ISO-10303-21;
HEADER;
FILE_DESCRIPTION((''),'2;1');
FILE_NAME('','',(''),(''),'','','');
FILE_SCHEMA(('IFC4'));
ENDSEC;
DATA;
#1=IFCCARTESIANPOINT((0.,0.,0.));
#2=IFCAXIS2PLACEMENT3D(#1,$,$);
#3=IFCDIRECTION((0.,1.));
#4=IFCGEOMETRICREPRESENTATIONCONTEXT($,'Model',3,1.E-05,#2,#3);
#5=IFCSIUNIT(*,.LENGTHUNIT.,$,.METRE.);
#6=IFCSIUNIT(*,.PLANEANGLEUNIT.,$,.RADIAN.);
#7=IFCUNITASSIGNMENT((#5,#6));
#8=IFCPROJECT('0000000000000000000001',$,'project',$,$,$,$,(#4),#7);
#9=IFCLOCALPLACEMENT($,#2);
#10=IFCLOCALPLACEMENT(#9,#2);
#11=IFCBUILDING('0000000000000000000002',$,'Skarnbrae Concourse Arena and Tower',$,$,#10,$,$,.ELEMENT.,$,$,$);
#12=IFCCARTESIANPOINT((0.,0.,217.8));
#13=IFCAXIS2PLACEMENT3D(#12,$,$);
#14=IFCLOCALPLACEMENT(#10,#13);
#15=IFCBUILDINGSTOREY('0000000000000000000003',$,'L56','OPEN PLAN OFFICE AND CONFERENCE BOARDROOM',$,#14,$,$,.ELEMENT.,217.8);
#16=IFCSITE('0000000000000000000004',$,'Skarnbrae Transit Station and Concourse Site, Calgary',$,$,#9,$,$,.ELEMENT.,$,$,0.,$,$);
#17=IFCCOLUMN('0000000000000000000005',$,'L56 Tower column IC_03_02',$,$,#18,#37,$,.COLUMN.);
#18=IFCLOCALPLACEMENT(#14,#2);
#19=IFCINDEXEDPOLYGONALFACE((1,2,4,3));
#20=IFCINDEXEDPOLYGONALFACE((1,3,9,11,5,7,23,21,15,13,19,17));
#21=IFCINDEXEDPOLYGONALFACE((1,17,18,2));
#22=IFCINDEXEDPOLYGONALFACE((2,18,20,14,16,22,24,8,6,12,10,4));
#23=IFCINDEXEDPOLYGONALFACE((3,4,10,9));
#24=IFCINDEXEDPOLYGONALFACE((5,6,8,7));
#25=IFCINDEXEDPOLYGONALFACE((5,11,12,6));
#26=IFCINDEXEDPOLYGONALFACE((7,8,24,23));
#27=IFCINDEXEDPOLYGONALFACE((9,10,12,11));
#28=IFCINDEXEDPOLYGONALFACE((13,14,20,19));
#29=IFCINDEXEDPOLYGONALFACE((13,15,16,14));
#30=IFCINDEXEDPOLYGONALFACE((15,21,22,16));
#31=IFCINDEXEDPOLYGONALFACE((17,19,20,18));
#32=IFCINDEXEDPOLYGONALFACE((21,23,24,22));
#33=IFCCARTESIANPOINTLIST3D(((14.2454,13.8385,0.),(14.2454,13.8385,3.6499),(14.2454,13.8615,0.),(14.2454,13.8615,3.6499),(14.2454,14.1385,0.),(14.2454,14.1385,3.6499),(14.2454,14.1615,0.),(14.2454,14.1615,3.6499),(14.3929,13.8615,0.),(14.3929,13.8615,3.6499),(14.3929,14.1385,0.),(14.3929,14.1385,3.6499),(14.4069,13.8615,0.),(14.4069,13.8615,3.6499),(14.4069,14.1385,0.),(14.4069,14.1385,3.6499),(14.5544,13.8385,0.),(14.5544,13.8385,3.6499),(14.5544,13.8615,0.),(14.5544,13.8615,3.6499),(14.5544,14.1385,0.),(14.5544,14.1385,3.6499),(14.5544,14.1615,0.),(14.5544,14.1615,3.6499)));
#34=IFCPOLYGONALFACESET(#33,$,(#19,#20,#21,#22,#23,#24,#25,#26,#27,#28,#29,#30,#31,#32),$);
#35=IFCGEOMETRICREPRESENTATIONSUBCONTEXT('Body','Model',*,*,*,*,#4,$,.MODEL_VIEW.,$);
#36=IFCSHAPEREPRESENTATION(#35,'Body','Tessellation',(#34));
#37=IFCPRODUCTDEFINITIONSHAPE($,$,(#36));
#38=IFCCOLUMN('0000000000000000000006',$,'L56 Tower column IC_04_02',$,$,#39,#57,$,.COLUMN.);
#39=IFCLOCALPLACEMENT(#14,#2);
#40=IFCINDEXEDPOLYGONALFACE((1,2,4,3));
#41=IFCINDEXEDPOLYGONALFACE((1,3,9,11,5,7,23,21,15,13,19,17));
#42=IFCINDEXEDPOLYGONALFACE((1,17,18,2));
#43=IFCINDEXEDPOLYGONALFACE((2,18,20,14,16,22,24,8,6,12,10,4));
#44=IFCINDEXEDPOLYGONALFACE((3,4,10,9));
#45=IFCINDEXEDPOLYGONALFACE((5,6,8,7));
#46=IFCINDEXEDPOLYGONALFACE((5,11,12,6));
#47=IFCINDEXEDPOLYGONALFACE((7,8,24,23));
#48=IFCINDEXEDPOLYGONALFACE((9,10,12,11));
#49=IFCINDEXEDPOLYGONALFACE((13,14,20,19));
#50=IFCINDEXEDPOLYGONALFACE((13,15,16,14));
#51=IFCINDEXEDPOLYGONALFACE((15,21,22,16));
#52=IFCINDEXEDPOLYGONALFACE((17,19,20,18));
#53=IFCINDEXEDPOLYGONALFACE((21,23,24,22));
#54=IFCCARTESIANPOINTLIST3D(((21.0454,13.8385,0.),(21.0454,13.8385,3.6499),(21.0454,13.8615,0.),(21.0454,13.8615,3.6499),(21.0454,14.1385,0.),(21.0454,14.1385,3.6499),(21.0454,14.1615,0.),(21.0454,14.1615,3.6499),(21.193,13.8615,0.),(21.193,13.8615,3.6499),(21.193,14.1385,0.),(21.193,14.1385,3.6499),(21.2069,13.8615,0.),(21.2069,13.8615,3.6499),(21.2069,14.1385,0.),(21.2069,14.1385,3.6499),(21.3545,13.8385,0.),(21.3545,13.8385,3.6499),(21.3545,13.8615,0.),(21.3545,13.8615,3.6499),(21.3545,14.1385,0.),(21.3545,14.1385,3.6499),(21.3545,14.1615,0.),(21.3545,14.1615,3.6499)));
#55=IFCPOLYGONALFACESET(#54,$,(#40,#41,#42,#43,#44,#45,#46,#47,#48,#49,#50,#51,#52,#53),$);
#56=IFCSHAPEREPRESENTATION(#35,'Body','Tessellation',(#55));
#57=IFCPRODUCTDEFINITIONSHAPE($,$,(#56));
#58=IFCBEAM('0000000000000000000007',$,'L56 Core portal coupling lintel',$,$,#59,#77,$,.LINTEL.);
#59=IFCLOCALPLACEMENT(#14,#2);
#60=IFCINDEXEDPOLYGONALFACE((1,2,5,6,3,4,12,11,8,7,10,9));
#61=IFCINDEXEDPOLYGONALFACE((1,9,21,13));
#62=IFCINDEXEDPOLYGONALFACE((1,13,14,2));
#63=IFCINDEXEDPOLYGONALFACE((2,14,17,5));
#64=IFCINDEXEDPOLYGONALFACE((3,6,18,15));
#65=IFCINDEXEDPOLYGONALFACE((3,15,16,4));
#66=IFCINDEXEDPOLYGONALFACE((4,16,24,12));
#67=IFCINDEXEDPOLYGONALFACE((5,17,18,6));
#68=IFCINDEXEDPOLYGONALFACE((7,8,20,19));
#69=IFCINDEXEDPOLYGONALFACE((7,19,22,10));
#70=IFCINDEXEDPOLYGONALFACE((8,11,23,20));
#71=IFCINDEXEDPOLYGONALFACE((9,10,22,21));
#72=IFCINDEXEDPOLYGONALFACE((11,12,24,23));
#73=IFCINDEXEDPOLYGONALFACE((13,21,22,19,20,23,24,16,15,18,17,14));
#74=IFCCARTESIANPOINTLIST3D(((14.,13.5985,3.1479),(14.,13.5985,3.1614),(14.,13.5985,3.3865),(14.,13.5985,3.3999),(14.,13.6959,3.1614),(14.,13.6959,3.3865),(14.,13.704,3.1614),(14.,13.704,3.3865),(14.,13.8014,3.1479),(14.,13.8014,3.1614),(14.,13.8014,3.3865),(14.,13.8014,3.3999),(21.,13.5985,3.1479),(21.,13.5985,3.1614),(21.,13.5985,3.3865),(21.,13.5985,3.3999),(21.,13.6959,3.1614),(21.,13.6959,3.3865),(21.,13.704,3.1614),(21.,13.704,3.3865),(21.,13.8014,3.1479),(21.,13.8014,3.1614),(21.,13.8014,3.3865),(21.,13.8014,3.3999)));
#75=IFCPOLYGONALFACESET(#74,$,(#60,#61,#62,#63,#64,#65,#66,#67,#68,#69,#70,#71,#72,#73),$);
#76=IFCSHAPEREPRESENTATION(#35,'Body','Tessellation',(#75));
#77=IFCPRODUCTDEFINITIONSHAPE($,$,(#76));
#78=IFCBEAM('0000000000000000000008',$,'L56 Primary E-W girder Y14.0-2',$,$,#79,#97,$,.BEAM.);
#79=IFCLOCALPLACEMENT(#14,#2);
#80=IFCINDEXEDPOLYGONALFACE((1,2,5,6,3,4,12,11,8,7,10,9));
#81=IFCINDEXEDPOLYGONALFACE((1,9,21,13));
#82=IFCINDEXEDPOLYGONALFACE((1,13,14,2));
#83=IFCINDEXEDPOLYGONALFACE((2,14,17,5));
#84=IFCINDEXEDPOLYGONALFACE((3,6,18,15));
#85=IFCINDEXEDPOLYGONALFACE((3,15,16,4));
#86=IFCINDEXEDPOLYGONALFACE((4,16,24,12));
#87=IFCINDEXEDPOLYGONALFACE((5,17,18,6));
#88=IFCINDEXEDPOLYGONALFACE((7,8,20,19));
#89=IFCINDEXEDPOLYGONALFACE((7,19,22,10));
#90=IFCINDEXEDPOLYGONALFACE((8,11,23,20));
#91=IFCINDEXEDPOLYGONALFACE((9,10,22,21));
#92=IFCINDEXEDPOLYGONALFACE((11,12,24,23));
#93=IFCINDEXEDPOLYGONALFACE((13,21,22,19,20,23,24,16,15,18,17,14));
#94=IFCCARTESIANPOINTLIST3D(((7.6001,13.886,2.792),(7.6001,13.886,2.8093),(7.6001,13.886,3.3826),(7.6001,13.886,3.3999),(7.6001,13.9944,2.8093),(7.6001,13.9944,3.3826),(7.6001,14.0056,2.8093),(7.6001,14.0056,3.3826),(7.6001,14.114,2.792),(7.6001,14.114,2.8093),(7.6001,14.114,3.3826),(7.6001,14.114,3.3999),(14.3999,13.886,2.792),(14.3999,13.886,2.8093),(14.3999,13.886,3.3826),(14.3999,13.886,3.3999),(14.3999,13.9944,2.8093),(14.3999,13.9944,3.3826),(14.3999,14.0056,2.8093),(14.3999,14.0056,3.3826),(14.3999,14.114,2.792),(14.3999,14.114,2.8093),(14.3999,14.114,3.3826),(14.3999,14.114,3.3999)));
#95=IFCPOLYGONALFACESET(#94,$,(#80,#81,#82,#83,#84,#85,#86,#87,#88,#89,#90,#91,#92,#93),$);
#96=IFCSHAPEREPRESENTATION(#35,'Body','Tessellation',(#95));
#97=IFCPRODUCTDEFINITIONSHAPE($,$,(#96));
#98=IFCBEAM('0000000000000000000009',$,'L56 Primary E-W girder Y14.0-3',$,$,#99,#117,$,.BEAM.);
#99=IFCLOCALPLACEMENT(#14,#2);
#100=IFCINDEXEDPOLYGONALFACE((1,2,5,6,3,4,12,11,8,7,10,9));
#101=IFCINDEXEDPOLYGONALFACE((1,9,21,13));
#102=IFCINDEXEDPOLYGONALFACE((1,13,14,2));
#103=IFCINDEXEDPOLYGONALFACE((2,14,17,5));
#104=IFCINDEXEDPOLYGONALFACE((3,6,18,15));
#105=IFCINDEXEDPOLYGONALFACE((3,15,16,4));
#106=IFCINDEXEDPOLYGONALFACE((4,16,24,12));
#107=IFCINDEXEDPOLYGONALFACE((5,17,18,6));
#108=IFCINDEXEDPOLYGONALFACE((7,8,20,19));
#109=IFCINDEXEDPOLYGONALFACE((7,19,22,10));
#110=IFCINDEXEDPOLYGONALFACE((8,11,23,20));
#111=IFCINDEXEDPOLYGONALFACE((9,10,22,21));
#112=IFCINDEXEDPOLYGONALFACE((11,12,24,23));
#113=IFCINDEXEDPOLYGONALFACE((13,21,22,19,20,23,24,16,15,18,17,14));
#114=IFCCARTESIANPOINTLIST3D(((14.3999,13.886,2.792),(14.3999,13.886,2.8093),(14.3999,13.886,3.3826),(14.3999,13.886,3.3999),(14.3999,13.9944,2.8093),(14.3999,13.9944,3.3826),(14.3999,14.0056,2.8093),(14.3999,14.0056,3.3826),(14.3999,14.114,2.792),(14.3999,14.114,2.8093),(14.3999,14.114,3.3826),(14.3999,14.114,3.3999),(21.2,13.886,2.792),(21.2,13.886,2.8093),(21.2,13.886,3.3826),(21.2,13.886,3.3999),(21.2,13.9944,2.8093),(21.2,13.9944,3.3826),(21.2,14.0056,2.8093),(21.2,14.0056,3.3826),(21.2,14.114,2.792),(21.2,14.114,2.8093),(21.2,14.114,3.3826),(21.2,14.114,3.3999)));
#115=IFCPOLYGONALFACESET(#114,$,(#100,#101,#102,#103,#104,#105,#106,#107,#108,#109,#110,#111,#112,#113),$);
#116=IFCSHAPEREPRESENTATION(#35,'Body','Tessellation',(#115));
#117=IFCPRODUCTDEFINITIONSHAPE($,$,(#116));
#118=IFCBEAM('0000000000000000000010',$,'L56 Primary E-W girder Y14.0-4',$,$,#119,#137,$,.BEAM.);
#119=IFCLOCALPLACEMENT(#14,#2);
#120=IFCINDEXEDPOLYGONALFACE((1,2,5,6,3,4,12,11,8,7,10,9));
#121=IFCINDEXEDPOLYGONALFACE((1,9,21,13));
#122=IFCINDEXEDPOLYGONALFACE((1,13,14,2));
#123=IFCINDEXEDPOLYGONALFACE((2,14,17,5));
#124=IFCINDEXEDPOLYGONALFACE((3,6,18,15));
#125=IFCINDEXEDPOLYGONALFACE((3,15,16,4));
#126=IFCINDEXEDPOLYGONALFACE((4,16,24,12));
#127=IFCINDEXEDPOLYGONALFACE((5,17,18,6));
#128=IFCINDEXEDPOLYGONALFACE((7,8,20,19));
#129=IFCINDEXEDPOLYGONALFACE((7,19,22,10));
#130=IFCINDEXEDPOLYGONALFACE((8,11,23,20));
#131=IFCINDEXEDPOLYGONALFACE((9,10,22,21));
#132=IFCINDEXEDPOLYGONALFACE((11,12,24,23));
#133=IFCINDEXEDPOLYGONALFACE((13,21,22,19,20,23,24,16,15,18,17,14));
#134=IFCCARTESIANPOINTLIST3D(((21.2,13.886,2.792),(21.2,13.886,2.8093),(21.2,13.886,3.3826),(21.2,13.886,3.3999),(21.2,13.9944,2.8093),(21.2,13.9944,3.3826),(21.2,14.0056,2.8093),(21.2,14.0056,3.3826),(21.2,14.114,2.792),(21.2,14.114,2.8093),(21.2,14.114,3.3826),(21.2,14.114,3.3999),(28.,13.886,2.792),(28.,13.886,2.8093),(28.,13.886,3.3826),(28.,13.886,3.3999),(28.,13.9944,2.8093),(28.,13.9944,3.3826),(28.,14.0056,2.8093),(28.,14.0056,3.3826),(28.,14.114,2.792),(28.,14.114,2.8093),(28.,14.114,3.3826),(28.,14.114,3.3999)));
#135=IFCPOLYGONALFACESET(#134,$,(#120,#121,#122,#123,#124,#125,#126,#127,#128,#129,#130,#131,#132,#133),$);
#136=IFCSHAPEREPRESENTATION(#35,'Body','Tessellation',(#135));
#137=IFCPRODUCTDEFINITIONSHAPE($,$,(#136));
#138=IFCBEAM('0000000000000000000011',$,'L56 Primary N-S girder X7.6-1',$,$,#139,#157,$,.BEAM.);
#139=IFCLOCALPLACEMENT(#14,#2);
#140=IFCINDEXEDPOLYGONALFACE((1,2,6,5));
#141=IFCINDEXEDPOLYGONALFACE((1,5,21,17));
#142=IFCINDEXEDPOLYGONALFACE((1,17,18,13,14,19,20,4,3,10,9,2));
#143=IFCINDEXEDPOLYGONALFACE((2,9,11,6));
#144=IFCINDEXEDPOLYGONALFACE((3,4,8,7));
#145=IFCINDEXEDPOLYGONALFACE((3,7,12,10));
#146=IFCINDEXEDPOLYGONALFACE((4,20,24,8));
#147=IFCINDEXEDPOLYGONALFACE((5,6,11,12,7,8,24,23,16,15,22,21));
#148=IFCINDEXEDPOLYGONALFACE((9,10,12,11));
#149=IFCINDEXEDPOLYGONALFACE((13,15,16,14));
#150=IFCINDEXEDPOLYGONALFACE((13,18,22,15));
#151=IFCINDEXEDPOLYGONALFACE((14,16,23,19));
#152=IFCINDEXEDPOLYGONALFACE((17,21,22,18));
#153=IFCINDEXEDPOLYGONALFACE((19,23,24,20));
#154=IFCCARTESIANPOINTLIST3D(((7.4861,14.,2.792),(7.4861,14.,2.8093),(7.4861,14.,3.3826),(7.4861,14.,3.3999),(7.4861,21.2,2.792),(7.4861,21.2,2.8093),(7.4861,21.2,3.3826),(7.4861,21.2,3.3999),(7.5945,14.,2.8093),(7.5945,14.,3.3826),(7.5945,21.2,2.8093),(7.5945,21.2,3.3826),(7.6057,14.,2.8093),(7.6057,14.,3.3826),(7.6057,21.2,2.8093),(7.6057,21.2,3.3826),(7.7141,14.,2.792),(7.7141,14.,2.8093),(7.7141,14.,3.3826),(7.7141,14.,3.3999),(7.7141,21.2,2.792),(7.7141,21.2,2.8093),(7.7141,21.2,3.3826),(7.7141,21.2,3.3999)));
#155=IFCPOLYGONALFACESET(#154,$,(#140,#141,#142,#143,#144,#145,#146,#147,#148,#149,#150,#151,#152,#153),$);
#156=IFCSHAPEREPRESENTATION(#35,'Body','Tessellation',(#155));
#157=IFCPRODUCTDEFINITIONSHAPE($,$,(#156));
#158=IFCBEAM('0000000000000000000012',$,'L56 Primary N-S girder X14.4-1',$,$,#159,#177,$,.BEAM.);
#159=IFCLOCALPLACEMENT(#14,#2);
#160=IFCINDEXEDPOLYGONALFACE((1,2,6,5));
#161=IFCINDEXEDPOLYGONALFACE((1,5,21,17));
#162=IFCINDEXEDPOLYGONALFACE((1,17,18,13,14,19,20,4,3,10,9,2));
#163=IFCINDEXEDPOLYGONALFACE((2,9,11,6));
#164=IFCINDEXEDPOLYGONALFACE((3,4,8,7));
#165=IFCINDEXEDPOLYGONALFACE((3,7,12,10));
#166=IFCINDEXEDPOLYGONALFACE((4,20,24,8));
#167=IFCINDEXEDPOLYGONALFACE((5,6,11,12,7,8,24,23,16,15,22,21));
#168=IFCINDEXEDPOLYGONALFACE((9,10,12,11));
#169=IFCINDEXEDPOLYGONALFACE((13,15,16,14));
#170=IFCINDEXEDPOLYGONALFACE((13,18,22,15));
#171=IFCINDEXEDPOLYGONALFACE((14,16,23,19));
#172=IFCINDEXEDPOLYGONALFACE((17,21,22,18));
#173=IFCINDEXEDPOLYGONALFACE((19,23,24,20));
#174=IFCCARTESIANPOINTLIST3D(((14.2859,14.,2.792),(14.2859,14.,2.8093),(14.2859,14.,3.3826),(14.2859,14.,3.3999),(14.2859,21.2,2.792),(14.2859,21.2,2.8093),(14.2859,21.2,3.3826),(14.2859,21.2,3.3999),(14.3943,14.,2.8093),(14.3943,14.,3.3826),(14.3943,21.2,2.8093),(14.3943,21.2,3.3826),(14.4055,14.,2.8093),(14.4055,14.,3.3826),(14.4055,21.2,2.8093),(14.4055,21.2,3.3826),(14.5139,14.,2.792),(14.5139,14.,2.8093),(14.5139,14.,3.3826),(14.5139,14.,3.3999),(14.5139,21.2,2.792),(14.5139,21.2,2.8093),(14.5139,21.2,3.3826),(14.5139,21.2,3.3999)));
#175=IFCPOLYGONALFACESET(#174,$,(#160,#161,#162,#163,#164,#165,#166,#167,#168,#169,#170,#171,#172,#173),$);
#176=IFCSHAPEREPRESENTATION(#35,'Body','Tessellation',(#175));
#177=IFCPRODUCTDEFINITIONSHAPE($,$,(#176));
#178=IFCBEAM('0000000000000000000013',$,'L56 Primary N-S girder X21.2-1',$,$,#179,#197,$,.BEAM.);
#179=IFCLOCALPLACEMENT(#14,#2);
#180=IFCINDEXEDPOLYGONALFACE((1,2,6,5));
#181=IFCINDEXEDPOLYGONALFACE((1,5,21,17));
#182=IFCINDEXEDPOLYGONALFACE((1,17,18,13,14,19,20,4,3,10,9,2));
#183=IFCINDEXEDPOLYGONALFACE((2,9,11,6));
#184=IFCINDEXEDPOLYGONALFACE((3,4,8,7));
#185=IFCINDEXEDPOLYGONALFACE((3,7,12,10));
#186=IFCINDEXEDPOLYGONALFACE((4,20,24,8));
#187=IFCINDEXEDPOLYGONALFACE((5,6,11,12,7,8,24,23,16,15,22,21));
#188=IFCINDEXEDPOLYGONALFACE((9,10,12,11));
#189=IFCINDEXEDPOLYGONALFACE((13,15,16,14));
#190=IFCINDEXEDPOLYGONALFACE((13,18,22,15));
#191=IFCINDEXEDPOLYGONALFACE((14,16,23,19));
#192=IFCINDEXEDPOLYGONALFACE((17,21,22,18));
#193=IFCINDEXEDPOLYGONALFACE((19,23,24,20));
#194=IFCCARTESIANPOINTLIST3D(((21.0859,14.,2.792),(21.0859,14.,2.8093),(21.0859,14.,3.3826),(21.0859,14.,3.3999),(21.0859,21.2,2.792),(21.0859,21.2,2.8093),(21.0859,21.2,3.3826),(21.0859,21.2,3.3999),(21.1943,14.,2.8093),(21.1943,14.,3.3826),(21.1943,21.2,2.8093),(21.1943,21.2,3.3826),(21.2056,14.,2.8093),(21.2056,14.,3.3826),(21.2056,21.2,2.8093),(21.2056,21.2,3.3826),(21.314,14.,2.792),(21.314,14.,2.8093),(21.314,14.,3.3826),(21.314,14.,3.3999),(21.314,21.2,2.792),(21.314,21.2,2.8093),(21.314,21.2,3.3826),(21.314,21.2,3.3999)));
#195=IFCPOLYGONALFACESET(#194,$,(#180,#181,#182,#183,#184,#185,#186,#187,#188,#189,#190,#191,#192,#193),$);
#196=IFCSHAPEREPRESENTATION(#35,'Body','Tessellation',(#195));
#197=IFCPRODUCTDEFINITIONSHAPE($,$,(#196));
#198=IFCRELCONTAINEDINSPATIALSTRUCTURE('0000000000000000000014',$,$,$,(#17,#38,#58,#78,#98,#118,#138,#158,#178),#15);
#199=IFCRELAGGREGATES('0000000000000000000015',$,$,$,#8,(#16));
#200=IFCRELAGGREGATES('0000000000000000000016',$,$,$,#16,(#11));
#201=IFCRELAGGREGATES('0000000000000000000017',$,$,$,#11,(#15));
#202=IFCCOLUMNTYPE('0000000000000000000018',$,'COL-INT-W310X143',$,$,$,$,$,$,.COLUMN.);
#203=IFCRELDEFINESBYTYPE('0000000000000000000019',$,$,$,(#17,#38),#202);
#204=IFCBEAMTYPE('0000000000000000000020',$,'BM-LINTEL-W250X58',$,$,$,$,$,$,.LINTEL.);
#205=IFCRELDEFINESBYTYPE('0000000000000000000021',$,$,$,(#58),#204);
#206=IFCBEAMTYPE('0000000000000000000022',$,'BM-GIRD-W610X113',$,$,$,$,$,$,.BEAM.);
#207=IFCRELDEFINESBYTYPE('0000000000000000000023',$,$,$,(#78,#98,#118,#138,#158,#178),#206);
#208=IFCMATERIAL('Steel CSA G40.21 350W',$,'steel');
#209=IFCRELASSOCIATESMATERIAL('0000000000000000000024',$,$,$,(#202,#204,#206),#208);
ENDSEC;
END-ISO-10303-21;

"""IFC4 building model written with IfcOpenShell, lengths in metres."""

from ifc_helpers import new_model, si_unit, direction, frame, origin, origin_2d, place, context, subcontext, project, spatial, i_section, extrude, source, transform, mapped, material, material_profile, profile_set, type_object, element, save


model = new_model("IFC4")

# Units and contexts
model_context = context("Model", 3, precision=1e-05, world=origin(), true_north=direction((0.0, 1.0)))
body_context = subcontext(model_context, "Body", "Model", "MODEL_VIEW")
ifc_project = project(units=[si_unit("LENGTHUNIT", "METRE"), si_unit("PLANEANGLEUNIT", "RADIAN")], contexts=[model_context])

# Site, building, storey
site_placement = place(None, origin())
site = spatial("IfcSite", under=ifc_project, at=site_placement, Name="Skarnbrae Transit Station and Concourse Site, Calgary", CompositionType="ELEMENT", RefElevation=0.0)
building_placement = place(site_placement, origin())
building = spatial("IfcBuilding", under=site, at=building_placement, Name="Skarnbrae Concourse Arena and Tower", CompositionType="ELEMENT")
storey_placement = place(building_placement, frame((0.0, 0.0, 217.8)))
storey = spatial("IfcBuildingStorey", under=building, at=storey_placement, Name="L56", Description="OPEN PLAN OFFICE AND CONFERENCE BOARDROOM", CompositionType="ELEMENT", Elevation=217.8)

# Columns
ifc_material_1 = material(Name="Steel CSA G40.21 350W", Category="steel")
ifc_material_profile_1 = material_profile(ifc_material_1, i_section(OverallWidth=0.3091, OverallDepth=0.323, WebThickness=0.0139, FlangeThickness=0.0229, at=origin_2d()), Name="W310X143")
ifc_profile_set_1 = profile_set([ifc_material_profile_1], Name="Steel CSA G40.21 350W")
column_type = type_object("IfcColumnType", Name="COL-INT-W310X143", PredefinedType="COLUMN", material=ifc_profile_set_1)
shared_shape_1 = source(origin(), body_context, "Body", "SweptSolid", [
    extrude(i_section(OverallWidth=0.3091, OverallDepth=0.323, WebThickness=0.0139, FlangeThickness=0.0229, at=origin_2d()), origin(), (0.0, 0.0, 1.0), 3.6499),
])
for number, where, z_axis, x_axis, name in (
    (1, (14.3999, 14.0, 0.0), (0.0, 0.0, 1.0), (1.0, 0.0, 0.0), "L56 Tower column IC_03_02"),
    (2, (21.2, 14.0, 0.0), (0.0, 0.0, 1.0), (1.0, 0.0, 0.0), "L56 Tower column IC_04_02"),
):
    element("IfcColumn", number, at=place(storey_placement, frame(where, z_axis=z_axis, x_axis=x_axis)), inside=storey, type_object=column_type, Name=name, PredefinedType="COLUMN", context=body_context, shape_type="MappedRepresentation", body=[
        mapped(shared_shape_1, transform((0.0, 0.0, 0.0))),
    ])

# Beams
ifc_material_profile_2 = material_profile(ifc_material_1, i_section(OverallWidth=0.2029, OverallDepth=0.252, WebThickness=0.0081, FlangeThickness=0.0134, at=origin_2d()), Name="W250X58")
ifc_profile_set_2 = profile_set([ifc_material_profile_2], Name="Steel CSA G40.21 350W")
beam_type_1 = type_object("IfcBeamType", Name="BM-LINTEL-W250X58", PredefinedType="LINTEL", material=ifc_profile_set_2)
shared_shape_2 = source(origin(), body_context, "Body", "SweptSolid", [
    extrude(i_section(OverallWidth=0.2029, OverallDepth=0.252, WebThickness=0.0081, FlangeThickness=0.0134, at=origin_2d()), origin(), (0.0, 0.0, 1.0), 7.0),
])
beam_1_placement = place(storey_placement, frame((14.0, 13.7, 3.2739), z_axis=(1.0, 0.0, 0.0), x_axis=(0.0, 1.0, 0.0)))
element("IfcBeam", 3, at=beam_1_placement, inside=storey, type_object=beam_type_1, Name="L56 Core portal coupling lintel", PredefinedType="LINTEL", context=body_context, shape_type="MappedRepresentation", body=[
    mapped(shared_shape_2, transform((0.0, 0.0, 0.0))),
])
ifc_material_profile_3 = material_profile(ifc_material_1, i_section(OverallWidth=0.228, OverallDepth=0.6079, WebThickness=0.0112, FlangeThickness=0.0173, at=origin_2d()), Name="W610X113")
ifc_profile_set_3 = profile_set([ifc_material_profile_3], Name="Steel CSA G40.21 350W")
beam_type_2 = type_object("IfcBeamType", Name="BM-GIRD-W610X113", PredefinedType="BEAM", material=ifc_profile_set_3)
shared_shape_3 = source(origin(), body_context, "Body", "SweptSolid", [
    extrude(i_section(OverallWidth=0.228, OverallDepth=0.6079, WebThickness=0.0112, FlangeThickness=0.0173, at=origin_2d()), origin(), (0.0, 0.0, 1.0), 6.7998),
])
beam_2_placement = place(storey_placement, frame((7.6001, 14.0, 3.0959), z_axis=(1.0, 0.0, 0.0), x_axis=(0.0, 1.0, 0.0)))
element("IfcBeam", 4, at=beam_2_placement, inside=storey, type_object=beam_type_2, Name="L56 Primary E-W girder Y14.0-2", PredefinedType="BEAM", context=body_context, shape_type="MappedRepresentation", body=[
    mapped(shared_shape_3, transform((0.0, 0.0, 0.0))),
])
shared_shape_4 = source(origin(), body_context, "Body", "SweptSolid", [
    extrude(i_section(OverallWidth=0.228, OverallDepth=0.6079, WebThickness=0.0112, FlangeThickness=0.0173, at=origin_2d()), origin(), (0.0, 0.0, 1.0), 6.8),
])
for number, where, z_axis, x_axis, name in (
    (5, (14.3999, 14.0, 3.0959), (1.0, 0.0, 0.0), (0.0, 1.0, 0.0), "L56 Primary E-W girder Y14.0-3"),
    (6, (21.2, 14.0, 3.0959), (1.0, 0.0, 0.0), (0.0, 1.0, 0.0), "L56 Primary E-W girder Y14.0-4"),
):
    element("IfcBeam", number, at=place(storey_placement, frame(where, z_axis=z_axis, x_axis=x_axis)), inside=storey, type_object=beam_type_2, Name=name, PredefinedType="BEAM", context=body_context, shape_type="MappedRepresentation", body=[
        mapped(shared_shape_4, transform((0.0, 0.0, 0.0))),
    ])
shared_shape_5 = source(origin(), body_context, "Body", "SweptSolid", [
    extrude(i_section(OverallWidth=0.228, OverallDepth=0.6079, WebThickness=0.0112, FlangeThickness=0.0173, at=origin_2d()), origin(), (0.0, 0.0, 1.0), 7.2),
])
for number, where, z_axis, x_axis, name in (
    (7, (7.6001, 14.0, 3.0959), (0.0, 1.0, 0.0), (-1.0, 0.0, 0.0), "L56 Primary N-S girder X7.6-1"),
    (8, (14.3999, 14.0, 3.0959), (0.0, 1.0, 0.0), (-1.0, 0.0, 0.0), "L56 Primary N-S girder X14.4-1"),
    (9, (21.2, 14.0, 3.0959), (0.0, 1.0, 0.0), (-1.0, 0.0, 0.0), "L56 Primary N-S girder X21.2-1"),
):
    element("IfcBeam", number, at=place(storey_placement, frame(where, z_axis=z_axis, x_axis=x_axis)), inside=storey, type_object=beam_type_2, Name=name, PredefinedType="BEAM", context=body_context, shape_type="MappedRepresentation", body=[
        mapped(shared_shape_5, transform((0.0, 0.0, 0.0))),
    ])

save(model, "model.ifc")
